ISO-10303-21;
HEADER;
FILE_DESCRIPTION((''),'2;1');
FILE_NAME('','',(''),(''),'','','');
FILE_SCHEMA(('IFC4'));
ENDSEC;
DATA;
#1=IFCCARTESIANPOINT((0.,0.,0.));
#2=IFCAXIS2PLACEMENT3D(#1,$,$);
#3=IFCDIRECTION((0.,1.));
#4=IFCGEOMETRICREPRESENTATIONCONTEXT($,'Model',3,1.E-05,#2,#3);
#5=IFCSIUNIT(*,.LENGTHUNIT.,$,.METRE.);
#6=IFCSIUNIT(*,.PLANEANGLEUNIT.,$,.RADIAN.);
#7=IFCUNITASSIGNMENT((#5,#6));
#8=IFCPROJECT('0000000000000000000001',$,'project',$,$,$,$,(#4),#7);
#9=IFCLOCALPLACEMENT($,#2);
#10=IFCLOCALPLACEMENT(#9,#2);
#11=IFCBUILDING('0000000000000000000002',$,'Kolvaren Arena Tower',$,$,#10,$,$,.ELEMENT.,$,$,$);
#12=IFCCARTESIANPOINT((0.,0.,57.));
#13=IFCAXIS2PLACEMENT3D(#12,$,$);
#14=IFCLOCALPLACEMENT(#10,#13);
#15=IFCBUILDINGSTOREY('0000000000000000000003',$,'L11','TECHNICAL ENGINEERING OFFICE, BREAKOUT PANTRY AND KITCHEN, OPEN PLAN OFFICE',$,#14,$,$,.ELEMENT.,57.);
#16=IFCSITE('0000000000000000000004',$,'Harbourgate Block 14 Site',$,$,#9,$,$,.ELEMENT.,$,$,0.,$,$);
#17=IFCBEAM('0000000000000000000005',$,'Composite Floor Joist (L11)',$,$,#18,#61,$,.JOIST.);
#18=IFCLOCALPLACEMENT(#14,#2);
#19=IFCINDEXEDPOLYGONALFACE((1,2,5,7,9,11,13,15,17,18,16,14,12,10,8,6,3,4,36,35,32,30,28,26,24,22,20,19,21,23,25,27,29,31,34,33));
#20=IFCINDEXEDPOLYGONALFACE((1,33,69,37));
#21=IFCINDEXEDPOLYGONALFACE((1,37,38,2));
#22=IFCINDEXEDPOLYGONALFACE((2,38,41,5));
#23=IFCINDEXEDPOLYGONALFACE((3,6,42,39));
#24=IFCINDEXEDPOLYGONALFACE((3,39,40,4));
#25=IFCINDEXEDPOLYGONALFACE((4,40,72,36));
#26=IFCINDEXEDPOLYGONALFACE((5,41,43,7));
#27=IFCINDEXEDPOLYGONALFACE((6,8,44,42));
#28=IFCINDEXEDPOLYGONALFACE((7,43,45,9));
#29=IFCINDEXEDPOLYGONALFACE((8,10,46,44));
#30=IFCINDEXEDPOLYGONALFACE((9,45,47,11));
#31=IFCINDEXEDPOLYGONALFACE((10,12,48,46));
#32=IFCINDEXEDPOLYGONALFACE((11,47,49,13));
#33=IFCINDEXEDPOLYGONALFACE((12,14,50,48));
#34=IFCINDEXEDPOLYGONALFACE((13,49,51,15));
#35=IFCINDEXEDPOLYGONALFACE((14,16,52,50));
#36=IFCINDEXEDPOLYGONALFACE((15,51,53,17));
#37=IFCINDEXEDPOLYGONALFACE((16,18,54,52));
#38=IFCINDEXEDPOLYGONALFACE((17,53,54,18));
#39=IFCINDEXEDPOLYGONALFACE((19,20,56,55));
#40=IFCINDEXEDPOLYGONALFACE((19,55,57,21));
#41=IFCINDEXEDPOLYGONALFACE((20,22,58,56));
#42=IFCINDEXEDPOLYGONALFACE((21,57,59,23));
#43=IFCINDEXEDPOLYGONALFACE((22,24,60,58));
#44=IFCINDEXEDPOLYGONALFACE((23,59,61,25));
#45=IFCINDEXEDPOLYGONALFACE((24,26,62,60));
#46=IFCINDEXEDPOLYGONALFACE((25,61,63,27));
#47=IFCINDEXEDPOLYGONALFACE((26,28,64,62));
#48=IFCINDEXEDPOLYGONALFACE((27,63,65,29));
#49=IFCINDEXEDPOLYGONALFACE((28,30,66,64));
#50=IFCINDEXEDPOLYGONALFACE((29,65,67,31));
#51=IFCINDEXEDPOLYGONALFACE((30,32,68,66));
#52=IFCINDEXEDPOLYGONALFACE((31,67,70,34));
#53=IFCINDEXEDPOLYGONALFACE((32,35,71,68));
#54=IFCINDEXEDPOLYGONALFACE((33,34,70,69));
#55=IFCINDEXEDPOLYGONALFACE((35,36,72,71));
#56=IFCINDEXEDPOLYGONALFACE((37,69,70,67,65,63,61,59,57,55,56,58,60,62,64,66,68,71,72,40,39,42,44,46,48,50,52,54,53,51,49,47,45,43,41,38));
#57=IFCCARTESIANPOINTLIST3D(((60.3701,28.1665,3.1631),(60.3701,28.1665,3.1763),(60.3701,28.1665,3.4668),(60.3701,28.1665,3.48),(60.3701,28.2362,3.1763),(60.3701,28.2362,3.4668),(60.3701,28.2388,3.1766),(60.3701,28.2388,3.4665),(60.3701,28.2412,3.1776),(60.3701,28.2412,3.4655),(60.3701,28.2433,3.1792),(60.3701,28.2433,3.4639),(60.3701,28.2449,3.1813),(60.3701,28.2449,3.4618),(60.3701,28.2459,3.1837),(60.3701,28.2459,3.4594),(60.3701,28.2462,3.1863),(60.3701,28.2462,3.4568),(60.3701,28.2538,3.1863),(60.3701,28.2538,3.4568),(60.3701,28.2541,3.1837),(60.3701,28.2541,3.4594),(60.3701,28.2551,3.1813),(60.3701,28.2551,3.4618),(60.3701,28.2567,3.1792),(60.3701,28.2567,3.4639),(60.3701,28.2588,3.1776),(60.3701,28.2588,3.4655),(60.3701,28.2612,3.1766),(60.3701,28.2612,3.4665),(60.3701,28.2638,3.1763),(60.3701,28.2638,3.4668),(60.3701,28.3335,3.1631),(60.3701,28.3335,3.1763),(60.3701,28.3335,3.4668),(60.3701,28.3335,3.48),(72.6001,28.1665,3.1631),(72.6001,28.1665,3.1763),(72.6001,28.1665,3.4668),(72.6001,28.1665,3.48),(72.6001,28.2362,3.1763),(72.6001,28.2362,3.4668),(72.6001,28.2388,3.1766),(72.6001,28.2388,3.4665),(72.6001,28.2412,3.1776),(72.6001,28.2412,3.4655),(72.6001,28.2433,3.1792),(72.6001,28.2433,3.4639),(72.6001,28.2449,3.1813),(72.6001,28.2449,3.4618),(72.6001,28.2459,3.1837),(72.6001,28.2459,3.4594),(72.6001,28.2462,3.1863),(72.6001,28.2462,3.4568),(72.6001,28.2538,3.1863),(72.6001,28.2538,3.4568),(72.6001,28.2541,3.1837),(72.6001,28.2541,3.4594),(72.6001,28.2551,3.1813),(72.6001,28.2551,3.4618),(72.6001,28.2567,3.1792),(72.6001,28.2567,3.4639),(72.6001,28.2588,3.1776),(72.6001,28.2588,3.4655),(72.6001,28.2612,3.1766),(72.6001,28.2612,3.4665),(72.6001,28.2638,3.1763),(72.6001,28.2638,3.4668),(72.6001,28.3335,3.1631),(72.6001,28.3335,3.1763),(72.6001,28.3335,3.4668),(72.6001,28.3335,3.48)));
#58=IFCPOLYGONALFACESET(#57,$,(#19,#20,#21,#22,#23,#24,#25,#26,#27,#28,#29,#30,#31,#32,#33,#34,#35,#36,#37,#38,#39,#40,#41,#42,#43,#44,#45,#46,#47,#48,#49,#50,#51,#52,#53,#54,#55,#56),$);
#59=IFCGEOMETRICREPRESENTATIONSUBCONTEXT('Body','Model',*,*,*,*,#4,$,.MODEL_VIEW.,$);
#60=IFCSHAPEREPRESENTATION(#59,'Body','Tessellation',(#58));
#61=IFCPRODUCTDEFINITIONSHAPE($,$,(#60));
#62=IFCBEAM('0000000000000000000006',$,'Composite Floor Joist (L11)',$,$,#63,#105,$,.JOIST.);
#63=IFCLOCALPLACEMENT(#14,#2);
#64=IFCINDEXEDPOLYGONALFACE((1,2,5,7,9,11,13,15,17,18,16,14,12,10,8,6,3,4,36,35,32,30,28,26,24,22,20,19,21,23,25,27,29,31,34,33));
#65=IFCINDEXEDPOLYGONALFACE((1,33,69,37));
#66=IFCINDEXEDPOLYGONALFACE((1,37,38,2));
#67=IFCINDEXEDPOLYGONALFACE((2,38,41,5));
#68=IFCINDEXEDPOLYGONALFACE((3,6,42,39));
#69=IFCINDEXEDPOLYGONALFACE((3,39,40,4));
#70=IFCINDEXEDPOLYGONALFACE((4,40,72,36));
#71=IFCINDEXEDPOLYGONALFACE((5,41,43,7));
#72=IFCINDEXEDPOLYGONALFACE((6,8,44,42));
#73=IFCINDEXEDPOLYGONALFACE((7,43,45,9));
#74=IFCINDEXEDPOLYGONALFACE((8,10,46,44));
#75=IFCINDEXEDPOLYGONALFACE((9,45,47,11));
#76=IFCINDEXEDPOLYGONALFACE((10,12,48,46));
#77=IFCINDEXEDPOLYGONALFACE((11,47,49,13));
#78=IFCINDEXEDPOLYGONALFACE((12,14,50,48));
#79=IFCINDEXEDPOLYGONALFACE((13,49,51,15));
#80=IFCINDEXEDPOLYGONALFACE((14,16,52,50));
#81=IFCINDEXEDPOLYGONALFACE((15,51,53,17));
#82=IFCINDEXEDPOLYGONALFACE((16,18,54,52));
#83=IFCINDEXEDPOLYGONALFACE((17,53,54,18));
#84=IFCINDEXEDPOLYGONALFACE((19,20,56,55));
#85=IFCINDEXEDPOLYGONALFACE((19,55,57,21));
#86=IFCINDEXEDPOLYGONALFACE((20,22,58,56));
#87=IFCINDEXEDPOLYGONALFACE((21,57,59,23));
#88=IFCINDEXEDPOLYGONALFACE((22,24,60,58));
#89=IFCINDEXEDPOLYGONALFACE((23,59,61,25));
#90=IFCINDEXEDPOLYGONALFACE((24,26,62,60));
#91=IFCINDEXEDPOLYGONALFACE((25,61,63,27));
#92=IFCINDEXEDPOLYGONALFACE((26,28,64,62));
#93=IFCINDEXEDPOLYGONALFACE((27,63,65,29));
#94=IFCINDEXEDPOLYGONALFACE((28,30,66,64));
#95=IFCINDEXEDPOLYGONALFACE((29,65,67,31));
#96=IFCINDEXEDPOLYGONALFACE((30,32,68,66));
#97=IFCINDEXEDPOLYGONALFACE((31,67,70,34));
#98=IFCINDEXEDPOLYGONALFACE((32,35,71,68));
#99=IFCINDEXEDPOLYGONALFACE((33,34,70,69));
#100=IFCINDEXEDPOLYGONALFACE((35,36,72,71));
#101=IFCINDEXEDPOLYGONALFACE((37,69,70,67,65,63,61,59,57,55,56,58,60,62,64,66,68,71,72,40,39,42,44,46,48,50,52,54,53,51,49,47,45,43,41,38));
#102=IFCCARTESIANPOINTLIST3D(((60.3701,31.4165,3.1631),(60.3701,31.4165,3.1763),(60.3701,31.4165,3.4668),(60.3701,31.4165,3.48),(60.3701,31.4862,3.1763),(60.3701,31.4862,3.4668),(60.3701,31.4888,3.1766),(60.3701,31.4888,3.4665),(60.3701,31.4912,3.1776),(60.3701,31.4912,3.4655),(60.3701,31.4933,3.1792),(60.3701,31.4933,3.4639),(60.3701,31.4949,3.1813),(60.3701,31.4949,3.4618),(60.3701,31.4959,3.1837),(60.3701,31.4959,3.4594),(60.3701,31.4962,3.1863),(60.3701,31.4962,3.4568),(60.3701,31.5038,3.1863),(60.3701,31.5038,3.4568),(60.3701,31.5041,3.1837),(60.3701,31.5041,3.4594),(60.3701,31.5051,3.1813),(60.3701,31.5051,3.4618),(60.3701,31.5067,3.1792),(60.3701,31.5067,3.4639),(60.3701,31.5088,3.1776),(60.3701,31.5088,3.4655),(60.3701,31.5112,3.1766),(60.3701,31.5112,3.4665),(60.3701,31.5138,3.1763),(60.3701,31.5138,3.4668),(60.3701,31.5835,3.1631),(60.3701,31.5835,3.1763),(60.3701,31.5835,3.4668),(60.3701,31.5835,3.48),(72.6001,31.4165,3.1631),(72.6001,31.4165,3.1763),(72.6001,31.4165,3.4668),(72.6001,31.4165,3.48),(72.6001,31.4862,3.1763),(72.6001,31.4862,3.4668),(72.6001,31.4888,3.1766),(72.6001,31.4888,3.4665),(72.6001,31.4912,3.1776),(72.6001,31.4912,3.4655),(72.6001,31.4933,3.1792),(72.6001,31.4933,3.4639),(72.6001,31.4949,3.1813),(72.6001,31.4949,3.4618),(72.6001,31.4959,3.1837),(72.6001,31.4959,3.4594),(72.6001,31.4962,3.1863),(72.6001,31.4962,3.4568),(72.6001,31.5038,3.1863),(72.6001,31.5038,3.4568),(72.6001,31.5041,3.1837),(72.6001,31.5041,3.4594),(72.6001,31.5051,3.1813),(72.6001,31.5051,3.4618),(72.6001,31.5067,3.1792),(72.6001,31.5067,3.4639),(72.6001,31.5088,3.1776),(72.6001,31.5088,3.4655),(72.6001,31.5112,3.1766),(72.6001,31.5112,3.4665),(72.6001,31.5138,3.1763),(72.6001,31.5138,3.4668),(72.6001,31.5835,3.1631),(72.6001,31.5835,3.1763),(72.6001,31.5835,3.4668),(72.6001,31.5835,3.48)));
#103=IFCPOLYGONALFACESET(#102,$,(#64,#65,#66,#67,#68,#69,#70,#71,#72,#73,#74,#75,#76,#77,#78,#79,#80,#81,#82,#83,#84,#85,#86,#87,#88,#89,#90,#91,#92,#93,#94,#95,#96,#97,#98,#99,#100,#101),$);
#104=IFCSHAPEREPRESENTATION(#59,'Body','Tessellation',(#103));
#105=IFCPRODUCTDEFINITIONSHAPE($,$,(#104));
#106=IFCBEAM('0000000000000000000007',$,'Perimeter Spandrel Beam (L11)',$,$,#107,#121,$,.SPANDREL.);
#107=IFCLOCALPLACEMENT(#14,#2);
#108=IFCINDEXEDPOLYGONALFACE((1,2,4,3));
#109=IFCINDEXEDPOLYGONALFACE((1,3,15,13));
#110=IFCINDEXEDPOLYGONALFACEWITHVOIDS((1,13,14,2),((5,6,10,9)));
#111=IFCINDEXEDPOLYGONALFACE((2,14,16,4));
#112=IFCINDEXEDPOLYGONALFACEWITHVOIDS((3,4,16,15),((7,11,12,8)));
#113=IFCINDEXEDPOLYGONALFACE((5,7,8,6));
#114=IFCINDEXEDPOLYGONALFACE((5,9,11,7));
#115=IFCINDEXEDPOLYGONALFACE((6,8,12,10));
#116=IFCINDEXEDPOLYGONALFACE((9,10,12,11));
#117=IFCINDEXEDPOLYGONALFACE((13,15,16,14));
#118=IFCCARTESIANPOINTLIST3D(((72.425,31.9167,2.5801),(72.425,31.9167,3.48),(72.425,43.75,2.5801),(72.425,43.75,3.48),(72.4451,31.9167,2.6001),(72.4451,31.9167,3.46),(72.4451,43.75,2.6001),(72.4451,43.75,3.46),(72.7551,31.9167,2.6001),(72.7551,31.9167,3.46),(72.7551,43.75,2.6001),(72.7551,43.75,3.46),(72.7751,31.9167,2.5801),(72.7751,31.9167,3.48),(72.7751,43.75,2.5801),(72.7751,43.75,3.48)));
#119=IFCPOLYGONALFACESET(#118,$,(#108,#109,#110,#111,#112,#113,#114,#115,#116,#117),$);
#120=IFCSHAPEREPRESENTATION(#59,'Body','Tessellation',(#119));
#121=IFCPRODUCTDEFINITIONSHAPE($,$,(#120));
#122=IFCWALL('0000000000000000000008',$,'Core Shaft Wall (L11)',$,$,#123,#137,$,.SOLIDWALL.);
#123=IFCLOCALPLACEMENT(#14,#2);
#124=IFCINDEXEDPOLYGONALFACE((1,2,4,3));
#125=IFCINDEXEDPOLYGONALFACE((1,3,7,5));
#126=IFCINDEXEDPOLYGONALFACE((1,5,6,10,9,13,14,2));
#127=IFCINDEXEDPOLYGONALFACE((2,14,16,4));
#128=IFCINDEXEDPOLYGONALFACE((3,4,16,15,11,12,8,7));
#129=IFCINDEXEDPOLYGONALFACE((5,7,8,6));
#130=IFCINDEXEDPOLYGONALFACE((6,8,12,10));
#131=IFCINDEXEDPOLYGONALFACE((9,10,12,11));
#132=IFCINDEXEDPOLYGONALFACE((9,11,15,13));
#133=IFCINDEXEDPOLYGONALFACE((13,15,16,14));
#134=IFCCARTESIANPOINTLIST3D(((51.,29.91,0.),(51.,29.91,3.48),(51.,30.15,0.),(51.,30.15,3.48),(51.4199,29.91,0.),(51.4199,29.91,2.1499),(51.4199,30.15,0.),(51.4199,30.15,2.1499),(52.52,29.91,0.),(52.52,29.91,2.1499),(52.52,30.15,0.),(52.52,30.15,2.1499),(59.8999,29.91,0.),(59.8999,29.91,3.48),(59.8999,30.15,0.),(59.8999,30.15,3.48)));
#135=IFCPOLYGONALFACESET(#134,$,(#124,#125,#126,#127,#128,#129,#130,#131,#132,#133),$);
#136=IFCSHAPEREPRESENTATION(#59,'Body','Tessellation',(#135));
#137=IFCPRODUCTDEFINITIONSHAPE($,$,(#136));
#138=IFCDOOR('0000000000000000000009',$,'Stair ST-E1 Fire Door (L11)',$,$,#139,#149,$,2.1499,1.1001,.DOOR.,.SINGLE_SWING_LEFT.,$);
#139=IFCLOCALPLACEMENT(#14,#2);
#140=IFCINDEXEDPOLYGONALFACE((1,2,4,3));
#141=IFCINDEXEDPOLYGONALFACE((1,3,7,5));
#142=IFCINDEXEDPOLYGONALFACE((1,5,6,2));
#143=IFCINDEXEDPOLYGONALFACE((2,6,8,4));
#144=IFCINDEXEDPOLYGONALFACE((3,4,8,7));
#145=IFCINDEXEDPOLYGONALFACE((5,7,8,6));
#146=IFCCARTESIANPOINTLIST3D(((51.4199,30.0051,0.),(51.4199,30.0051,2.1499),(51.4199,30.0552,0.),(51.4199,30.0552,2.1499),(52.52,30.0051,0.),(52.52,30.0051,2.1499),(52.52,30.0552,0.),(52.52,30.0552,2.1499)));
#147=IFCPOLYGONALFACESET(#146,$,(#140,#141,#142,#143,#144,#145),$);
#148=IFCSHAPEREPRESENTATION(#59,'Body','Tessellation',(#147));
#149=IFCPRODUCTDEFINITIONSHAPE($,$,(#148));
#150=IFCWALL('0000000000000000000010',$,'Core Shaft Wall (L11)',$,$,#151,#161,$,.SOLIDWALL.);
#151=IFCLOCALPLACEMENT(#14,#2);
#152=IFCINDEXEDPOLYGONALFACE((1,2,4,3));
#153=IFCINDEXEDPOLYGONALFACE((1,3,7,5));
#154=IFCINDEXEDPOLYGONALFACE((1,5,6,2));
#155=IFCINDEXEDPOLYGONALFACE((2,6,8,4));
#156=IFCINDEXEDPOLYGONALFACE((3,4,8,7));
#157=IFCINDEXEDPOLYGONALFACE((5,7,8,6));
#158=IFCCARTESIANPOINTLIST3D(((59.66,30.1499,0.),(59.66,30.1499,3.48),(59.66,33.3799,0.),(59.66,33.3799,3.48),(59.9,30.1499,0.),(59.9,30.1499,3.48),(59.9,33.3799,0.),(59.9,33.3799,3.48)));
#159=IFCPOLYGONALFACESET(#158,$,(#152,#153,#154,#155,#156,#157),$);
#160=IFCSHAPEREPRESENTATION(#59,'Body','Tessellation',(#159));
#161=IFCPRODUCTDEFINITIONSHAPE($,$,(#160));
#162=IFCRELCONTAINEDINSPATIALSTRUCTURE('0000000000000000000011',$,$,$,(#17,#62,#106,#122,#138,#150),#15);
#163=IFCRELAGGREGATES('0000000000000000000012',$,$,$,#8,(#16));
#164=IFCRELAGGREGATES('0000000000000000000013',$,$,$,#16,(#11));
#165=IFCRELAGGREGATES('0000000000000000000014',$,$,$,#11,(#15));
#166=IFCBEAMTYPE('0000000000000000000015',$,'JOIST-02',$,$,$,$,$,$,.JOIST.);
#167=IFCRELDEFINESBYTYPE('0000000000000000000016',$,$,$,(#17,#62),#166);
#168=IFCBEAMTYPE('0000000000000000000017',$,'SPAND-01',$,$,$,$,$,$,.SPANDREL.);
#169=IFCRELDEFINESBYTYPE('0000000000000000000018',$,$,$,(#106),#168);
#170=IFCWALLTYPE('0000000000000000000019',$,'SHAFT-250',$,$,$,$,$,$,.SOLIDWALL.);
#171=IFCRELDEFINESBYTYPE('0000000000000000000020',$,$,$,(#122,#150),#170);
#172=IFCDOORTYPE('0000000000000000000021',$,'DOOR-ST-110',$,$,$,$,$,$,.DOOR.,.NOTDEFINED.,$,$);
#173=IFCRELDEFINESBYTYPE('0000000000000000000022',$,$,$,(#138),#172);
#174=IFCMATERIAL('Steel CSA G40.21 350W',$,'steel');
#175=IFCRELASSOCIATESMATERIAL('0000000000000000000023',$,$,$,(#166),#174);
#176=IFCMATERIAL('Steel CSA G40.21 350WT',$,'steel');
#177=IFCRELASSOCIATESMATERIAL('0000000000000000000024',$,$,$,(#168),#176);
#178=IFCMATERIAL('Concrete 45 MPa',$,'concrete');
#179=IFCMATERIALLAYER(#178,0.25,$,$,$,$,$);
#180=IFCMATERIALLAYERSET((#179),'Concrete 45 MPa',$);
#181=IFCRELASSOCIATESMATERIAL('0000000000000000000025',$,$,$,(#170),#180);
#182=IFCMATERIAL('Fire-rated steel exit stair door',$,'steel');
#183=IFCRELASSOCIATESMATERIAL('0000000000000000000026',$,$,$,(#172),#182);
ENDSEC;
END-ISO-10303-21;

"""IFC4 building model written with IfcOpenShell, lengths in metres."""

from ifc_helpers import new_model, si_unit, direction, frame, frame_2d, origin, origin_2d, place, context, subcontext, project, spatial, rectangle, hollow_rectangle, i_section, extrude, material, layer, layer_set, material_profile, profile_set, type_object, element, fill, save


model = new_model("IFC4")

# Units and contexts
model_context = context("Model", 3, precision=1e-05, world=origin(), true_north=direction((0.0, 1.0)))
body_context = subcontext(model_context, "Body", "Model", "MODEL_VIEW")
ifc_project = project(units=[si_unit("LENGTHUNIT", "METRE"), si_unit("PLANEANGLEUNIT", "RADIAN")], contexts=[model_context])

# Site, building, storey
site_placement = place(None, origin())
site = spatial("IfcSite", under=ifc_project, at=site_placement, Name="Harbourgate Block 14 Site", CompositionType="ELEMENT", RefElevation=0.0)
building_placement = place(site_placement, origin())
building = spatial("IfcBuilding", under=site, at=building_placement, Name="Kolvaren Arena Tower", CompositionType="ELEMENT")
storey_placement = place(building_placement, frame((0.0, 0.0, 57.0)))
storey = spatial("IfcBuildingStorey", under=building, at=storey_placement, Name="L11", Description="TECHNICAL ENGINEERING OFFICE, BREAKOUT PANTRY AND KITCHEN, OPEN PLAN OFFICE", CompositionType="ELEMENT", Elevation=57.0)

# Beams
ifc_material_1 = material(Name="Steel CSA G40.21 350W", Category="steel")
ifc_material_profile_1 = material_profile(ifc_material_1, i_section(OverallWidth=0.167, OverallDepth=0.3169, WebThickness=0.0076, FlangeThickness=0.0132, FilletRadius=0.01, at=origin_2d()), Name="W310x52")
ifc_profile_set_1 = profile_set([ifc_material_profile_1], Name="Steel CSA G40.21 350W")
beam_type_1 = type_object("IfcBeamType", Name="JOIST-02", PredefinedType="JOIST", material=ifc_profile_set_1)
for number, where, z_axis, x_axis, name in (
    (1, (60.3701, 28.25, 3.3215), (1.0, 0.0, 0.0), (0.0, 1.0, 0.0), "Composite Floor Joist (L11)"),
    (2, (60.3701, 31.5, 3.3215), (1.0, 0.0, 0.0), (0.0, 1.0, 0.0), "Composite Floor Joist (L11)"),
):
    element("IfcBeam", number, at=place(storey_placement, frame(where, z_axis=z_axis, x_axis=x_axis)), inside=storey, type_object=beam_type_1, Name=name, PredefinedType="JOIST", context=body_context, shape_type="SweptSolid", body=[
        extrude(i_section(OverallWidth=0.167, OverallDepth=0.3169, WebThickness=0.0076, FlangeThickness=0.0132, FilletRadius=0.01, at=origin_2d()), origin(), (0.0, 0.0, 1.0), 12.23),
    ])
ifc_material_2 = material(Name="Steel CSA G40.21 350WT", Category="steel")
ifc_material_profile_2 = material_profile(ifc_material_2, hollow_rectangle(XDim=0.3501, YDim=0.8999, WallThickness=0.02, at=origin_2d()), Name="HSS 900x350x20")
ifc_profile_set_2 = profile_set([ifc_material_profile_2], Name="Steel CSA G40.21 350WT")
beam_type_2 = type_object("IfcBeamType", Name="SPAND-01", PredefinedType="SPANDREL", material=ifc_profile_set_2)
beam_1_placement = place(storey_placement, frame((72.6001, 31.9167, 3.03), z_axis=(0.0, 1.0, 0.0), x_axis=(-1.0, 0.0, 0.0)))
element("IfcBeam", 3, at=beam_1_placement, inside=storey, type_object=beam_type_2, Name="Perimeter Spandrel Beam (L11)", PredefinedType="SPANDREL", context=body_context, shape_type="SweptSolid", body=[
    extrude(hollow_rectangle(XDim=0.3501, YDim=0.8999, WallThickness=0.02, at=origin_2d()), origin(), (0.0, 0.0, 1.0), 11.8333),
])

# Wall, opening, door
ifc_material_3 = material(Name="Concrete 45 MPa", Category="concrete")
ifc_layer = layer(ifc_material_3, 0.25)
ifc_layer_set = layer_set([ifc_layer], Name="Concrete 45 MPa")
wall_type = type_object("IfcWallType", Name="SHAFT-250", PredefinedType="SOLIDWALL", material=ifc_layer_set)
wall_1_placement = place(storey_placement, frame((59.8999, 30.03, 0.0), z_axis=(0.0, 0.0, 1.0), x_axis=(-1.0, 0.0, 0.0)))
wall_1 = element("IfcWall", 4, at=wall_1_placement, inside=storey, type_object=wall_type, Name="Core Shaft Wall (L11)", PredefinedType="SOLIDWALL", context=body_context, shape_type="SweptSolid", body=[
    extrude(rectangle(XDim=8.8999, YDim=0.24, at=frame_2d((4.45, 0.0))), origin(), (0.0, 0.0, 1.0), 3.48),
])
opening_1_placement = place(wall_1_placement, frame((7.3799, 0.0, 0.0)))
opening_1 = element("IfcOpeningElement", 5, at=opening_1_placement, cuts=wall_1, PredefinedType="OPENING", context=body_context, shape_type="SweptSolid", body=[
    extrude(rectangle(XDim=1.1001, YDim=2.1499, at=frame_2d((0.55, 1.075))), frame((0.0, 0.1299, 0.0), z_axis=(0.0, -1.0, 0.0), x_axis=(1.0, 0.0, 0.0)), (0.0, 0.0, 1.0), 0.26),
])
ifc_material_4 = material(Name="Fire-rated steel exit stair door", Category="steel")
door_type = type_object("IfcDoorType", Name="DOOR-ST-110", OperationType="NOTDEFINED", PredefinedType="DOOR", material=ifc_material_4)
door_1_placement = place(opening_1_placement, origin())
door_1 = element("IfcDoor", 6, at=door_1_placement, inside=storey, type_object=door_type, Name="Stair ST-E1 Fire Door (L11)", OperationType="SINGLE_SWING_LEFT", OverallHeight=2.1499, OverallWidth=1.1001, PredefinedType="DOOR", context=body_context, shape_type="SweptSolid", body=[
    extrude(rectangle(XDim=1.1001, YDim=2.1499, at=frame_2d((0.55, 1.075))), frame((0.0, 0.0249, 0.0), z_axis=(0.0, -1.0, 0.0), x_axis=(1.0, 0.0, 0.0)), (0.0, 0.0, 1.0), 0.05),
])
fill(opening_1, door_1)

# Wall
wall_2_placement = place(storey_placement, frame((59.78, 30.1499, 0.0), z_axis=(0.0, 0.0, 1.0), x_axis=(0.0, 1.0, 0.0)))
element("IfcWall", 7, at=wall_2_placement, inside=storey, type_object=wall_type, Name="Core Shaft Wall (L11)", PredefinedType="SOLIDWALL", context=body_context, shape_type="SweptSolid", body=[
    extrude(rectangle(XDim=3.23, YDim=0.24, at=frame_2d((1.615, 0.0))), origin(), (0.0, 0.0, 1.0), 3.48),
])

save(model, "model.ifc")
